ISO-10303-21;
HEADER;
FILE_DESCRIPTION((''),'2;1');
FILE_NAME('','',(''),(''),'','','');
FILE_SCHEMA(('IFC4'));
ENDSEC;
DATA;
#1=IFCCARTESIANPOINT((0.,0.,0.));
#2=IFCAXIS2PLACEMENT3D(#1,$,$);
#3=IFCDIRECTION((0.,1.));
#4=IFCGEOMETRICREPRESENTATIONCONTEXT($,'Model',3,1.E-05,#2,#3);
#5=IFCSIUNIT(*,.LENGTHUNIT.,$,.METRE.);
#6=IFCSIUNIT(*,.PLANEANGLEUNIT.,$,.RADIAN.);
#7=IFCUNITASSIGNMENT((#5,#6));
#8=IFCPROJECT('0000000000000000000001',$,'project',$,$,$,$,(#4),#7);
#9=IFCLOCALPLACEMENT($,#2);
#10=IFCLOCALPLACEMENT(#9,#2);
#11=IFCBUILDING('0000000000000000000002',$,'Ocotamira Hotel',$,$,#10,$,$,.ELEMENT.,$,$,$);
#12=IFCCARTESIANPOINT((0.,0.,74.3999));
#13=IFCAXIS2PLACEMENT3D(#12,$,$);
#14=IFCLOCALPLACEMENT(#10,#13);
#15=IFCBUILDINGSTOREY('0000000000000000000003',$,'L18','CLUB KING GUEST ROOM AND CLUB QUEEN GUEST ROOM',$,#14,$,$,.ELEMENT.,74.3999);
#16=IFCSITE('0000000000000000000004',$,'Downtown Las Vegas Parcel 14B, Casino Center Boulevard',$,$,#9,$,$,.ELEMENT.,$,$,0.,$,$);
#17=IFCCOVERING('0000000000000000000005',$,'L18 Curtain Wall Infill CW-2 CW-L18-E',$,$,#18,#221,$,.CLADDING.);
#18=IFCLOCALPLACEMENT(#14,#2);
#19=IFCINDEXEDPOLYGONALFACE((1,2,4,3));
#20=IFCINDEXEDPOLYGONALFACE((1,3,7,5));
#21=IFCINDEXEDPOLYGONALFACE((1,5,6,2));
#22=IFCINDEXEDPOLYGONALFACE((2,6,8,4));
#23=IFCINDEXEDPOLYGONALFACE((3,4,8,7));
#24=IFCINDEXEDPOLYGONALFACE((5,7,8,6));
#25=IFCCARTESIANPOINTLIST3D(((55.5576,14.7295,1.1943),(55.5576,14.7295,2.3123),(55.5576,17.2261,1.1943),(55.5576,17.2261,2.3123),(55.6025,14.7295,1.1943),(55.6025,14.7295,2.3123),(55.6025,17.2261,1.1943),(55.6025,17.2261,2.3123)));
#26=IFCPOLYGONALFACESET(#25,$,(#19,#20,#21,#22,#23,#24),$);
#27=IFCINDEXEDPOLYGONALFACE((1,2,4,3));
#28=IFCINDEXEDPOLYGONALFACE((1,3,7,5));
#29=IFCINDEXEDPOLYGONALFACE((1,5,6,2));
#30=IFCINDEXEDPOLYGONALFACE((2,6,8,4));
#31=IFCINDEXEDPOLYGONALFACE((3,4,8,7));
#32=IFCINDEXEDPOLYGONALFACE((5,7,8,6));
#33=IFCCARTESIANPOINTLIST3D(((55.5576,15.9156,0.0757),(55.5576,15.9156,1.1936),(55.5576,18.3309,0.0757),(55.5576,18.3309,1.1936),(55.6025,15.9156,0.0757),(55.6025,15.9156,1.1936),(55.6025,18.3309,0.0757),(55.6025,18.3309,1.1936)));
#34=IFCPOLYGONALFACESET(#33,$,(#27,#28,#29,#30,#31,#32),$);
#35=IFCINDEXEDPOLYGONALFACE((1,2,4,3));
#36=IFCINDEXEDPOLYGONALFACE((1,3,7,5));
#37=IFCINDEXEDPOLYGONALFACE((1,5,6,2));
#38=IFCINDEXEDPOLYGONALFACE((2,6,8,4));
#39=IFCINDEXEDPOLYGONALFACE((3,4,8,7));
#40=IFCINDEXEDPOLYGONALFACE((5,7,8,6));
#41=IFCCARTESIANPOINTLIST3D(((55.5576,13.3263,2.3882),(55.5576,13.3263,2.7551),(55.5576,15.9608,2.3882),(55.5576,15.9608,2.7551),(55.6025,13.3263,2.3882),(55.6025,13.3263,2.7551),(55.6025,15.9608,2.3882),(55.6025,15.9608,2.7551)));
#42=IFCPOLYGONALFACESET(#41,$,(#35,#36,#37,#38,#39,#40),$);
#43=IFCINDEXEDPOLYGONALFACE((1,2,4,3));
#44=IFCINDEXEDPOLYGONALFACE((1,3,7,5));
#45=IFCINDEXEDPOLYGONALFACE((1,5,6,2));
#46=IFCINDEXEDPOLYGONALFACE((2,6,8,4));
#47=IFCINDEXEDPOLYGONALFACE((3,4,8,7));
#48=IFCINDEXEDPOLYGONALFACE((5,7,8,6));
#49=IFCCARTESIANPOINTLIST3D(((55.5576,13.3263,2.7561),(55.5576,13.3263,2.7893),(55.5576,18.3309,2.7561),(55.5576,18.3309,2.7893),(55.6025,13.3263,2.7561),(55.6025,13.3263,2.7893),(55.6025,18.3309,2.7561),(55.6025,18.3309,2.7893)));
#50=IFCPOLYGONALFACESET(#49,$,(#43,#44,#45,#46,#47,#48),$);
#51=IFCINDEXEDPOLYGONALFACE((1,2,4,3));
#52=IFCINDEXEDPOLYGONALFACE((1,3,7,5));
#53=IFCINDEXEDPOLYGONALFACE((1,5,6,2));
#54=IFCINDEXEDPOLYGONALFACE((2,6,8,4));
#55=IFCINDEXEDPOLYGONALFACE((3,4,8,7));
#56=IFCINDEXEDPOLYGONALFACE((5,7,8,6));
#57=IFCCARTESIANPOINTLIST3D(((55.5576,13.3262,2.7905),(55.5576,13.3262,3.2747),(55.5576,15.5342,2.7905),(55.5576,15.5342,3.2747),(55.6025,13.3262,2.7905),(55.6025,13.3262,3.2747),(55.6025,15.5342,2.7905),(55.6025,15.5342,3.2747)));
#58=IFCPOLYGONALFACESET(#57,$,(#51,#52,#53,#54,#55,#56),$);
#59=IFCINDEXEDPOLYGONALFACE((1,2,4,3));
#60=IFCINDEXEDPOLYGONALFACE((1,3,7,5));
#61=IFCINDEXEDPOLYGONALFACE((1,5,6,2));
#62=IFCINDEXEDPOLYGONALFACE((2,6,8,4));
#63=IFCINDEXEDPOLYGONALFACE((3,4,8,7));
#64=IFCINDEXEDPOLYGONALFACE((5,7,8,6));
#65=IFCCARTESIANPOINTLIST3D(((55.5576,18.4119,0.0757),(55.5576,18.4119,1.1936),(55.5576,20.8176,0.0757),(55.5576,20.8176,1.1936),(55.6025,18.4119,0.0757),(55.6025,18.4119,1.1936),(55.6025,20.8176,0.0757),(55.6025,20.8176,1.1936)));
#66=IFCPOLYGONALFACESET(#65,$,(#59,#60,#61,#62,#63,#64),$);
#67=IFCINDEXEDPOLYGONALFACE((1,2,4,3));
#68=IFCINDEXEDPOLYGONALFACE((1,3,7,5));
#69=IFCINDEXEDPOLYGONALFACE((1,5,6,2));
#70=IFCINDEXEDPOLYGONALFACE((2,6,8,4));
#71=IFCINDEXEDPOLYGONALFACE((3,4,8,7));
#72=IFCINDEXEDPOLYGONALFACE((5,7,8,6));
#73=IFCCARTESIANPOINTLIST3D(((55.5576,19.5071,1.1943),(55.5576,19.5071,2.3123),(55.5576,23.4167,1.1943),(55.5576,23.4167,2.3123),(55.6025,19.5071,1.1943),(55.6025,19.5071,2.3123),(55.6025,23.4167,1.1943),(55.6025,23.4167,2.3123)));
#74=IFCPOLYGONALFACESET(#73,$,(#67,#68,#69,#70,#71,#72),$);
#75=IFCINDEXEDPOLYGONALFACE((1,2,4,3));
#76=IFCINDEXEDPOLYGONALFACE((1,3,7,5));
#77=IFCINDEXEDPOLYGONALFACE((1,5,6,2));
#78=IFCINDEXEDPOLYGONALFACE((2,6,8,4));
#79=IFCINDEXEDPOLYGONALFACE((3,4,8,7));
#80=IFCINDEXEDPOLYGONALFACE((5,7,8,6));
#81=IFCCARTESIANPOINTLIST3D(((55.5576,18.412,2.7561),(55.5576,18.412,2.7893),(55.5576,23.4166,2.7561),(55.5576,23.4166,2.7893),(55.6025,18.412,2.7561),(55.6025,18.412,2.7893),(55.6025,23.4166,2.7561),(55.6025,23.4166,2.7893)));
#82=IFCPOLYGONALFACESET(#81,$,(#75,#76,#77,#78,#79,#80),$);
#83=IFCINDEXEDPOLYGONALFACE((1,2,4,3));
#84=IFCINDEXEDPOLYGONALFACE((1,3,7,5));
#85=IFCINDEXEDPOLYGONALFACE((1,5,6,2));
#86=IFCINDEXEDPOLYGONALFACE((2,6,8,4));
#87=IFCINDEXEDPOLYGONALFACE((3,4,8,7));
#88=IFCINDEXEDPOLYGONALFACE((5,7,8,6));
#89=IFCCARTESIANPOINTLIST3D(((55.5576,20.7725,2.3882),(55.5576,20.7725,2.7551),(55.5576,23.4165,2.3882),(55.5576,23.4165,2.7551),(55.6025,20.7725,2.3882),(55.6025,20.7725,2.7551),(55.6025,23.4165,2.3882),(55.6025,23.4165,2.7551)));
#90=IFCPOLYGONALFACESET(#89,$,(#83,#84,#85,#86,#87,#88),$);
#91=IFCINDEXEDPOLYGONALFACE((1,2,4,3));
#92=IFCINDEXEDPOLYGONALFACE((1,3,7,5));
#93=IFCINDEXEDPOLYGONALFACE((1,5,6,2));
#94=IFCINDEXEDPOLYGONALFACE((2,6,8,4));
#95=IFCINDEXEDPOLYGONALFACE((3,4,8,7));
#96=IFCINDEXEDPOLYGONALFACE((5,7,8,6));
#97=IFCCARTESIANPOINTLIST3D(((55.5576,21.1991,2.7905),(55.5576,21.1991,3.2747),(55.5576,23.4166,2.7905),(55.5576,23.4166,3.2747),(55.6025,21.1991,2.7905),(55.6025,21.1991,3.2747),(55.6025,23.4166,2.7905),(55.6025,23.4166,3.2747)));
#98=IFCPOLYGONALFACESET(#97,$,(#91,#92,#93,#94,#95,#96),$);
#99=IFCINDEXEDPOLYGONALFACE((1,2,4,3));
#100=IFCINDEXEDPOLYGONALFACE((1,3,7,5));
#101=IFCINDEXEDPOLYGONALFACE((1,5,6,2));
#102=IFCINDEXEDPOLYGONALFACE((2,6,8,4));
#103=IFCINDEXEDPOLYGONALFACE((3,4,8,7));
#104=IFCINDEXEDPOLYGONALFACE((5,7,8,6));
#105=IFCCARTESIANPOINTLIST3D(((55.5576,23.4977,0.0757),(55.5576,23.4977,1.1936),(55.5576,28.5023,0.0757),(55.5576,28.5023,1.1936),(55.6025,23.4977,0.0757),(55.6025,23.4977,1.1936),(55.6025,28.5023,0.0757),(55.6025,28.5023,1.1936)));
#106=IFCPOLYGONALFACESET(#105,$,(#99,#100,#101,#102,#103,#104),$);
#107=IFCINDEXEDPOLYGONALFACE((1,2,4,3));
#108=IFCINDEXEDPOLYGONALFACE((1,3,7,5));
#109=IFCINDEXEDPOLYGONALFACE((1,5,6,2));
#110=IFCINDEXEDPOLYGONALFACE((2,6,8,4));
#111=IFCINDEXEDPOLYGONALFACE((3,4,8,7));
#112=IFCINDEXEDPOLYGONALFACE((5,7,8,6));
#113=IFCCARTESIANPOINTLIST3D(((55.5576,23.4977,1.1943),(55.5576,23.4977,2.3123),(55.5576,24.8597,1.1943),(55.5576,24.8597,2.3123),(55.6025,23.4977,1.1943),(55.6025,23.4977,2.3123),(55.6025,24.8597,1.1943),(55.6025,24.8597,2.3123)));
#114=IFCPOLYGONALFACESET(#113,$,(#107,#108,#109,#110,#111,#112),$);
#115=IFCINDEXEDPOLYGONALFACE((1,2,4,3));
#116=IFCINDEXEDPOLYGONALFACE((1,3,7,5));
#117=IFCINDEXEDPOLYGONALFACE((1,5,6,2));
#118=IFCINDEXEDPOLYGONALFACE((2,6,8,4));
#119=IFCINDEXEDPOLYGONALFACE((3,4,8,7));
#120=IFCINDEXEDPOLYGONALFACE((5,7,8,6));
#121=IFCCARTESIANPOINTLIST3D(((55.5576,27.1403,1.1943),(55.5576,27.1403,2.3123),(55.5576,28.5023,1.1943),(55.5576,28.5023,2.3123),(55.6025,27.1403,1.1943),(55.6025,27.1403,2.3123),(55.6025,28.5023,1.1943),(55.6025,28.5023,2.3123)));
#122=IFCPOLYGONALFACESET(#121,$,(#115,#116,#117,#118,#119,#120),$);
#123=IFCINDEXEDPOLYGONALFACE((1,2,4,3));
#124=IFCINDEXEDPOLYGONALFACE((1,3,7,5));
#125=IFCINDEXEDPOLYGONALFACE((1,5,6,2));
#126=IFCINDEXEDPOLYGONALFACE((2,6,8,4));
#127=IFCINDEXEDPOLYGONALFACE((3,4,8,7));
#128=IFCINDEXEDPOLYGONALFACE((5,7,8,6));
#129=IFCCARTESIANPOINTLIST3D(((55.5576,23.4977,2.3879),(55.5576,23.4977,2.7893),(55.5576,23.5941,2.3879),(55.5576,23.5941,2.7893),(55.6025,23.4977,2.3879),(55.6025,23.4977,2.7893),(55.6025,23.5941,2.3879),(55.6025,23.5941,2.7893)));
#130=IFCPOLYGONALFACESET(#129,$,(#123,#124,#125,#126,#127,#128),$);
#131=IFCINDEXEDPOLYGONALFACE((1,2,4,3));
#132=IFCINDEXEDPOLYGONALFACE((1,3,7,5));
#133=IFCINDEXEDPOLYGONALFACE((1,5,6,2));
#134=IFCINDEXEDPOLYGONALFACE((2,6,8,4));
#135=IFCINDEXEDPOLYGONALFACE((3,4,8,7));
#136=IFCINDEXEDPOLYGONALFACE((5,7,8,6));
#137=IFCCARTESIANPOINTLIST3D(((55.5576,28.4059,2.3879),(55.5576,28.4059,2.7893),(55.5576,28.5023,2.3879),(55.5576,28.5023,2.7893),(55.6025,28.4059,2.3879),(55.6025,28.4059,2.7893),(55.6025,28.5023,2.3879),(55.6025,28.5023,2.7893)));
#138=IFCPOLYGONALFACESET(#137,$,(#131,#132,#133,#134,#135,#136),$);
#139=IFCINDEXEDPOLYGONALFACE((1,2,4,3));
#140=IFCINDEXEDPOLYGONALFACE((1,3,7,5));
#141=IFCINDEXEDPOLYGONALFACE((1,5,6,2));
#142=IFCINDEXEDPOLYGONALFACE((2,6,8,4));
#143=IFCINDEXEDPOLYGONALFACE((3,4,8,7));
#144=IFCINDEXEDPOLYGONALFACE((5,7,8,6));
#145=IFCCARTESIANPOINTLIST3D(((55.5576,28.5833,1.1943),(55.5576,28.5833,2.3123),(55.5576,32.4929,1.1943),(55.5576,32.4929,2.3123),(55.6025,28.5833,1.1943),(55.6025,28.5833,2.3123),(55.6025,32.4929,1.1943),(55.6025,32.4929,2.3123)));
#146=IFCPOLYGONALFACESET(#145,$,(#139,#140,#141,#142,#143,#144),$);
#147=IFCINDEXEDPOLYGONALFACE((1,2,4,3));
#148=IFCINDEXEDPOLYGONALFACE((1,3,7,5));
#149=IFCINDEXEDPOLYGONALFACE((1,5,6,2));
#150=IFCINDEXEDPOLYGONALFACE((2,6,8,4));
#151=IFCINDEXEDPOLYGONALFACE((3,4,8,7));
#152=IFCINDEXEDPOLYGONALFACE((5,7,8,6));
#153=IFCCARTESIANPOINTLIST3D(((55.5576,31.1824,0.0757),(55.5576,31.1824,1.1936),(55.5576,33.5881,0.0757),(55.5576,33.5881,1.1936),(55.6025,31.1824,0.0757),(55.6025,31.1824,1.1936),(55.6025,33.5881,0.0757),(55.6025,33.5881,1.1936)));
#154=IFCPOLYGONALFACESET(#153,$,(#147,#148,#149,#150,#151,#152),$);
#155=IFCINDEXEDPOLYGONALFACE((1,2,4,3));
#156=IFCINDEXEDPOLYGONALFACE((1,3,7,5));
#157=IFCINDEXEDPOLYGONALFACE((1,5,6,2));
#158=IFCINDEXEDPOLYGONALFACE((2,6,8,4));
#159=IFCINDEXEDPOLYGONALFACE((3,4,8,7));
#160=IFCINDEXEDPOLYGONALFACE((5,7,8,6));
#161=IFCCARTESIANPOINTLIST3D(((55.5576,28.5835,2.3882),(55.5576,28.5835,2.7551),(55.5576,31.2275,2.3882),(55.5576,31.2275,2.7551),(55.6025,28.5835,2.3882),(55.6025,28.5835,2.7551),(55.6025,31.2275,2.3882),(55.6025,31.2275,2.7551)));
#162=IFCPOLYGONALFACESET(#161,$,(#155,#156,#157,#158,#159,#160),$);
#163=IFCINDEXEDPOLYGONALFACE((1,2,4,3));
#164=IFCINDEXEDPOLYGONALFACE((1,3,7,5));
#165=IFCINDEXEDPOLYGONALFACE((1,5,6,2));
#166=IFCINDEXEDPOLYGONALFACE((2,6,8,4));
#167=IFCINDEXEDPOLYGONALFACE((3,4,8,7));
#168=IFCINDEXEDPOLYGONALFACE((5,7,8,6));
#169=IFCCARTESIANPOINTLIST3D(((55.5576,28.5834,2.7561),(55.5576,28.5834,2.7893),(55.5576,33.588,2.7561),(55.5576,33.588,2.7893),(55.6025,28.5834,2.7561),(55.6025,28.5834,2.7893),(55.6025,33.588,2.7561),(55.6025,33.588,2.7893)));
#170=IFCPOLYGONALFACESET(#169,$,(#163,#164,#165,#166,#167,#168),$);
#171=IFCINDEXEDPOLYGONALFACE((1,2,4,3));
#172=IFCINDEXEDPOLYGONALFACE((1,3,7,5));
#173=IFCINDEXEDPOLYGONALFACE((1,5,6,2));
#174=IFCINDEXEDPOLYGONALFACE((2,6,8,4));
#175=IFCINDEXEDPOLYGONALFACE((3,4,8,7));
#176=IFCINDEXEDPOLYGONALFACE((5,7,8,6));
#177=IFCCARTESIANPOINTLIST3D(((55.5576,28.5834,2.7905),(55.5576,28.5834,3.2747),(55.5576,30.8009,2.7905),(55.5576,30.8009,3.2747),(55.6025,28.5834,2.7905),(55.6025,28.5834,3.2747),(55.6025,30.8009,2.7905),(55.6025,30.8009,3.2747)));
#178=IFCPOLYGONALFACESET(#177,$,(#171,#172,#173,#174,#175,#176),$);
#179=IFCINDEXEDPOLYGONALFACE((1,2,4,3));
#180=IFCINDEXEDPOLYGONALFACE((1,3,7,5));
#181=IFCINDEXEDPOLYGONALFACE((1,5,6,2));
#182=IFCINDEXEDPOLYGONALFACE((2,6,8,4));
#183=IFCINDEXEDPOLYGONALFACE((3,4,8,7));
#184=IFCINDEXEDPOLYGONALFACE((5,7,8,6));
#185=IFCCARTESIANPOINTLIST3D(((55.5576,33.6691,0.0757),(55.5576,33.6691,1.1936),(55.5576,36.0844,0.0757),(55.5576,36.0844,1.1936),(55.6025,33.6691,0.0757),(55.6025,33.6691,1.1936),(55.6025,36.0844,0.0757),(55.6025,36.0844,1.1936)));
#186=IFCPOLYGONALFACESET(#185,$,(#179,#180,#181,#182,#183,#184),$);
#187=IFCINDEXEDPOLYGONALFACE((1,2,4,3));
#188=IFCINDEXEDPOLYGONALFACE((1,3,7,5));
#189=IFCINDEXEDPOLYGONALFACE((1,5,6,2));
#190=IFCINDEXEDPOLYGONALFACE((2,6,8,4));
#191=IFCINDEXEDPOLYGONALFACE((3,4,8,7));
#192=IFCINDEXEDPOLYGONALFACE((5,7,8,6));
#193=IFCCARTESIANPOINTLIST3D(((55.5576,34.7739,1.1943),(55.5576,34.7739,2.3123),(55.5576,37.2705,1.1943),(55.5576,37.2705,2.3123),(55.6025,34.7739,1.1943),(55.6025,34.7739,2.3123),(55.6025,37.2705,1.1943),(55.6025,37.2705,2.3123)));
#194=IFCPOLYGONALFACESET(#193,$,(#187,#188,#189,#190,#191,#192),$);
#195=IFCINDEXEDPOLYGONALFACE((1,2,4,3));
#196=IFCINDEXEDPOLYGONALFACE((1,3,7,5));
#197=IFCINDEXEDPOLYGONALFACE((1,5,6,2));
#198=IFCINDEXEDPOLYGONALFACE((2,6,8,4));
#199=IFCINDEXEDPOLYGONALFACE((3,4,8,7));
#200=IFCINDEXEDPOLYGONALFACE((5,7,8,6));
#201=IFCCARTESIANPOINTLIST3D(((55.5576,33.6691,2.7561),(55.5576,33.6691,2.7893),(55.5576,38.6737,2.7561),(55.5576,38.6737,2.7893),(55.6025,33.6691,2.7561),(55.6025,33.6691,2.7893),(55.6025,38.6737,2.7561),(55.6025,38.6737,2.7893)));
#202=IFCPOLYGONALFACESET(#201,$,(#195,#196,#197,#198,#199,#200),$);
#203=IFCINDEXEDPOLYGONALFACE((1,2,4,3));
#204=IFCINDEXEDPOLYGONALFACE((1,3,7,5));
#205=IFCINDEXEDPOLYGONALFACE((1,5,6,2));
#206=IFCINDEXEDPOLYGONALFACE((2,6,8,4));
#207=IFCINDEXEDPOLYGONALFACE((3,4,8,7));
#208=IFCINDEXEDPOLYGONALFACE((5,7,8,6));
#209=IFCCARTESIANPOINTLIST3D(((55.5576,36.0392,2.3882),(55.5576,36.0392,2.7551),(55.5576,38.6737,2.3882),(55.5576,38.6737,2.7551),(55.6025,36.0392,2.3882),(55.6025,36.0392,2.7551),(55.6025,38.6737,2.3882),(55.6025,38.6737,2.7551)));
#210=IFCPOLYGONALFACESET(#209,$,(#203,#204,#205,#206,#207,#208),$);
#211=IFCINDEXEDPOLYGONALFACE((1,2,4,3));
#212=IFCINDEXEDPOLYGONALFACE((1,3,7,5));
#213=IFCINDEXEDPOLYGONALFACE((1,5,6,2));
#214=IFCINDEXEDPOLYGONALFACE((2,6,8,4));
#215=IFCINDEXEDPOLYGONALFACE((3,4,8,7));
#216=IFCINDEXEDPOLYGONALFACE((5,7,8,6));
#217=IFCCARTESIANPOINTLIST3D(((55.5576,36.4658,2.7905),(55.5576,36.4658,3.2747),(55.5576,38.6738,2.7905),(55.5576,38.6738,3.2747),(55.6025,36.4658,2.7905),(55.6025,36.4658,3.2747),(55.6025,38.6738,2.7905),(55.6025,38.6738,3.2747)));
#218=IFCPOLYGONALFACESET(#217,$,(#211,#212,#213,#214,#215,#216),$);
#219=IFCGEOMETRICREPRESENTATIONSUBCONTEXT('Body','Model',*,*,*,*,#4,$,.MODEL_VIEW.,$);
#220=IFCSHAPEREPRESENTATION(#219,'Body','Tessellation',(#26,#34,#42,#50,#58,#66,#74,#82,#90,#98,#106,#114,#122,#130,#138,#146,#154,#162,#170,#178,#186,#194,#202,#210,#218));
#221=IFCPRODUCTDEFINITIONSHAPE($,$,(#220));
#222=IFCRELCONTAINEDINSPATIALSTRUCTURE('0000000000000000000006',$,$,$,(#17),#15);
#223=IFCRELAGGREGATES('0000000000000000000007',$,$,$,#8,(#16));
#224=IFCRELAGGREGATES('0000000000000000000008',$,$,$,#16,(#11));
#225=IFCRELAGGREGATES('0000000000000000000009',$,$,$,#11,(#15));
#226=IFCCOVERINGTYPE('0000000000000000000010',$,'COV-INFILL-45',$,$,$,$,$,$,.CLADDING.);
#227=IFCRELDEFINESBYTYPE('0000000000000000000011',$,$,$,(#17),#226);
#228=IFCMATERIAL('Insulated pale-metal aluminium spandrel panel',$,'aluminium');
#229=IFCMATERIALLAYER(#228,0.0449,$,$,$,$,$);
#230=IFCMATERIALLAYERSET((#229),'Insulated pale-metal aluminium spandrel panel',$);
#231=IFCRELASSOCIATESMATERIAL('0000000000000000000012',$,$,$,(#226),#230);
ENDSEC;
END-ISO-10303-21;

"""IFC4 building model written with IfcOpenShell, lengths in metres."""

from ifc_helpers import new_model, si_unit, direction, frame, origin, origin_2d, place, context, subcontext, project, spatial, rectangle, extrude, material, layer, layer_set, type_object, element, save


model = new_model("IFC4")

# Units and contexts
model_context = context("Model", 3, precision=1e-05, world=origin(), true_north=direction((0.0, 1.0)))
body_context = subcontext(model_context, "Body", "Model", "MODEL_VIEW")
ifc_project = project(units=[si_unit("LENGTHUNIT", "METRE"), si_unit("PLANEANGLEUNIT", "RADIAN")], contexts=[model_context])

# Site, building, storey
site_placement = place(None, origin())
site = spatial("IfcSite", under=ifc_project, at=site_placement, Name="Downtown Las Vegas Parcel 14B, Casino Center Boulevard", CompositionType="ELEMENT", RefElevation=0.0)
building_placement = place(site_placement, origin())
building = spatial("IfcBuilding", under=site, at=building_placement, Name="Ocotamira Hotel", CompositionType="ELEMENT")
storey_placement = place(building_placement, frame((0.0, 0.0, 74.3999)))
storey = spatial("IfcBuildingStorey", under=building, at=storey_placement, Name="L18", Description="CLUB KING GUEST ROOM AND CLUB QUEEN GUEST ROOM", CompositionType="ELEMENT", Elevation=74.3999)

# Covering
ifc_material_1 = material(Name="Insulated pale-metal aluminium spandrel panel", Category="aluminium")
ifc_layer_1 = layer(ifc_material_1, 0.0449)
ifc_layer_set_1 = layer_set([ifc_layer_1], Name="Insulated pale-metal aluminium spandrel panel")
covering_type_1 = type_object("IfcCoveringType", Name="COV-INFILL-45", PredefinedType="CLADDING", material=ifc_layer_set_1)
covering_1_placement = place(storey_placement, origin())
element("IfcCovering", 1, at=covering_1_placement, inside=storey, type_object=covering_type_1, Name="L18 Curtain Wall Infill CW-2 CW-L18-E", PredefinedType="CLADDING", context=body_context, shape_type="SweptSolid", body=[
    extrude(rectangle(XDim=2.4966, YDim=0.0449, at=origin_2d()), frame((55.5801, 15.9778, 1.1943), z_axis=(0.0, 0.0, 1.0), x_axis=(0.0, 1.0, 0.0)), (0.0, 0.0, 1.0), 1.1179),
    extrude(rectangle(XDim=2.4153, YDim=0.0449, at=origin_2d()), frame((55.5801, 17.1233, 0.0757), z_axis=(0.0, 0.0, 1.0), x_axis=(0.0, 1.0, 0.0)), (0.0, 0.0, 1.0), 1.1179),
    extrude(rectangle(XDim=2.6345, YDim=0.0449, at=origin_2d()), frame((55.5801, 14.6436, 2.3882), z_axis=(0.0, 0.0, 1.0), x_axis=(0.0, 1.0, 0.0)), (0.0, 0.0, 1.0), 0.3669),
    extrude(rectangle(XDim=5.0046, YDim=0.0449, at=origin_2d()), frame((55.5801, 15.8286, 2.7561), z_axis=(0.0, 0.0, 1.0), x_axis=(0.0, 1.0, 0.0)), (0.0, 0.0, 1.0), 0.0332),
    extrude(rectangle(XDim=2.208, YDim=0.0449, at=origin_2d()), frame((55.5801, 14.4302, 2.7905), z_axis=(0.0, 0.0, 1.0), x_axis=(0.0, 1.0, 0.0)), (0.0, 0.0, 1.0), 0.4841),
    extrude(rectangle(XDim=2.4058, YDim=0.0449, at=origin_2d()), frame((55.5801, 19.6147, 0.0757), z_axis=(0.0, 0.0, 1.0), x_axis=(0.0, 1.0, 0.0)), (0.0, 0.0, 1.0), 1.1179),
    extrude(rectangle(XDim=3.9097, YDim=0.0449, at=origin_2d()), frame((55.5801, 21.4619, 1.1943), z_axis=(0.0, 0.0, 1.0), x_axis=(0.0, 1.0, 0.0)), (0.0, 0.0, 1.0), 1.1179),
    extrude(rectangle(XDim=5.0046, YDim=0.0449, at=origin_2d()), frame((55.5801, 20.9143, 2.7561), z_axis=(0.0, 0.0, 1.0), x_axis=(0.0, 1.0, 0.0)), (0.0, 0.0, 1.0), 0.0332),
    extrude(rectangle(XDim=2.644, YDim=0.0449, at=origin_2d()), frame((55.5801, 22.0945, 2.3882), z_axis=(0.0, 0.0, 1.0), x_axis=(0.0, 1.0, 0.0)), (0.0, 0.0, 1.0), 0.3669),
    extrude(rectangle(XDim=2.2175, YDim=0.0449, at=origin_2d()), frame((55.5801, 22.3079, 2.7905), z_axis=(0.0, 0.0, 1.0), x_axis=(0.0, 1.0, 0.0)), (0.0, 0.0, 1.0), 0.4841),
    extrude(rectangle(XDim=5.0046, YDim=0.0449, at=origin_2d()), frame((55.5801, 26.0, 0.0757), z_axis=(0.0, 0.0, 1.0), x_axis=(0.0, 1.0, 0.0)), (0.0, 0.0, 1.0), 1.1179),
    extrude(rectangle(XDim=1.3621, YDim=0.0449, at=origin_2d()), frame((55.5801, 24.1787, 1.1943), z_axis=(0.0, 0.0, 1.0), x_axis=(0.0, 1.0, 0.0)), (0.0, 0.0, 1.0), 1.1179),
    extrude(rectangle(XDim=1.3621, YDim=0.0449, at=origin_2d()), frame((55.5801, 27.8213, 1.1943), z_axis=(0.0, 0.0, 1.0), x_axis=(0.0, 1.0, 0.0)), (0.0, 0.0, 1.0), 1.1179),
    extrude(rectangle(XDim=0.0964, YDim=0.0449, at=origin_2d()), frame((55.5801, 23.5459, 2.3879), z_axis=(0.0, 0.0, 1.0), x_axis=(0.0, 1.0, 0.0)), (0.0, 0.0, 1.0), 0.4014),
    extrude(rectangle(XDim=0.0964, YDim=0.0449, at=origin_2d()), frame((55.5801, 28.4541, 2.3879), z_axis=(0.0, 0.0, 1.0), x_axis=(0.0, 1.0, 0.0)), (0.0, 0.0, 1.0), 0.4014),
    extrude(rectangle(XDim=3.9097, YDim=0.0449, at=origin_2d()), frame((55.5801, 30.5381, 1.1943), z_axis=(0.0, 0.0, 1.0), x_axis=(0.0, 1.0, 0.0)), (0.0, 0.0, 1.0), 1.1179),
    extrude(rectangle(XDim=2.4058, YDim=0.0449, at=origin_2d()), frame((55.5801, 32.3853, 0.0757), z_axis=(0.0, 0.0, 1.0), x_axis=(0.0, 1.0, 0.0)), (0.0, 0.0, 1.0), 1.1179),
    extrude(rectangle(XDim=2.644, YDim=0.0449, at=origin_2d()), frame((55.5801, 29.9055, 2.3882), z_axis=(0.0, 0.0, 1.0), x_axis=(0.0, 1.0, 0.0)), (0.0, 0.0, 1.0), 0.3669),
    extrude(rectangle(XDim=5.0046, YDim=0.0449, at=origin_2d()), frame((55.5801, 31.0857, 2.7561), z_axis=(0.0, 0.0, 1.0), x_axis=(0.0, 1.0, 0.0)), (0.0, 0.0, 1.0), 0.0332),
    extrude(rectangle(XDim=2.2175, YDim=0.0449, at=origin_2d()), frame((55.5801, 29.6921, 2.7905), z_axis=(0.0, 0.0, 1.0), x_axis=(0.0, 1.0, 0.0)), (0.0, 0.0, 1.0), 0.4841),
    extrude(rectangle(XDim=2.4153, YDim=0.0449, at=origin_2d()), frame((55.5801, 34.8767, 0.0757), z_axis=(0.0, 0.0, 1.0), x_axis=(0.0, 1.0, 0.0)), (0.0, 0.0, 1.0), 1.1179),
    extrude(rectangle(XDim=2.4966, YDim=0.0449, at=origin_2d()), frame((55.5801, 36.0222, 1.1943), z_axis=(0.0, 0.0, 1.0), x_axis=(0.0, 1.0, 0.0)), (0.0, 0.0, 1.0), 1.1179),
    extrude(rectangle(XDim=5.0046, YDim=0.0449, at=origin_2d()), frame((55.5801, 36.1714, 2.7561), z_axis=(0.0, 0.0, 1.0), x_axis=(0.0, 1.0, 0.0)), (0.0, 0.0, 1.0), 0.0332),
    extrude(rectangle(XDim=2.6345, YDim=0.0449, at=origin_2d()), frame((55.5801, 37.3564, 2.3882), z_axis=(0.0, 0.0, 1.0), x_axis=(0.0, 1.0, 0.0)), (0.0, 0.0, 1.0), 0.3669),
    extrude(rectangle(XDim=2.208, YDim=0.0449, at=origin_2d()), frame((55.5801, 37.5698, 2.7905), z_axis=(0.0, 0.0, 1.0), x_axis=(0.0, 1.0, 0.0)), (0.0, 0.0, 1.0), 0.4841),
])

save(model, "model.ifc")
